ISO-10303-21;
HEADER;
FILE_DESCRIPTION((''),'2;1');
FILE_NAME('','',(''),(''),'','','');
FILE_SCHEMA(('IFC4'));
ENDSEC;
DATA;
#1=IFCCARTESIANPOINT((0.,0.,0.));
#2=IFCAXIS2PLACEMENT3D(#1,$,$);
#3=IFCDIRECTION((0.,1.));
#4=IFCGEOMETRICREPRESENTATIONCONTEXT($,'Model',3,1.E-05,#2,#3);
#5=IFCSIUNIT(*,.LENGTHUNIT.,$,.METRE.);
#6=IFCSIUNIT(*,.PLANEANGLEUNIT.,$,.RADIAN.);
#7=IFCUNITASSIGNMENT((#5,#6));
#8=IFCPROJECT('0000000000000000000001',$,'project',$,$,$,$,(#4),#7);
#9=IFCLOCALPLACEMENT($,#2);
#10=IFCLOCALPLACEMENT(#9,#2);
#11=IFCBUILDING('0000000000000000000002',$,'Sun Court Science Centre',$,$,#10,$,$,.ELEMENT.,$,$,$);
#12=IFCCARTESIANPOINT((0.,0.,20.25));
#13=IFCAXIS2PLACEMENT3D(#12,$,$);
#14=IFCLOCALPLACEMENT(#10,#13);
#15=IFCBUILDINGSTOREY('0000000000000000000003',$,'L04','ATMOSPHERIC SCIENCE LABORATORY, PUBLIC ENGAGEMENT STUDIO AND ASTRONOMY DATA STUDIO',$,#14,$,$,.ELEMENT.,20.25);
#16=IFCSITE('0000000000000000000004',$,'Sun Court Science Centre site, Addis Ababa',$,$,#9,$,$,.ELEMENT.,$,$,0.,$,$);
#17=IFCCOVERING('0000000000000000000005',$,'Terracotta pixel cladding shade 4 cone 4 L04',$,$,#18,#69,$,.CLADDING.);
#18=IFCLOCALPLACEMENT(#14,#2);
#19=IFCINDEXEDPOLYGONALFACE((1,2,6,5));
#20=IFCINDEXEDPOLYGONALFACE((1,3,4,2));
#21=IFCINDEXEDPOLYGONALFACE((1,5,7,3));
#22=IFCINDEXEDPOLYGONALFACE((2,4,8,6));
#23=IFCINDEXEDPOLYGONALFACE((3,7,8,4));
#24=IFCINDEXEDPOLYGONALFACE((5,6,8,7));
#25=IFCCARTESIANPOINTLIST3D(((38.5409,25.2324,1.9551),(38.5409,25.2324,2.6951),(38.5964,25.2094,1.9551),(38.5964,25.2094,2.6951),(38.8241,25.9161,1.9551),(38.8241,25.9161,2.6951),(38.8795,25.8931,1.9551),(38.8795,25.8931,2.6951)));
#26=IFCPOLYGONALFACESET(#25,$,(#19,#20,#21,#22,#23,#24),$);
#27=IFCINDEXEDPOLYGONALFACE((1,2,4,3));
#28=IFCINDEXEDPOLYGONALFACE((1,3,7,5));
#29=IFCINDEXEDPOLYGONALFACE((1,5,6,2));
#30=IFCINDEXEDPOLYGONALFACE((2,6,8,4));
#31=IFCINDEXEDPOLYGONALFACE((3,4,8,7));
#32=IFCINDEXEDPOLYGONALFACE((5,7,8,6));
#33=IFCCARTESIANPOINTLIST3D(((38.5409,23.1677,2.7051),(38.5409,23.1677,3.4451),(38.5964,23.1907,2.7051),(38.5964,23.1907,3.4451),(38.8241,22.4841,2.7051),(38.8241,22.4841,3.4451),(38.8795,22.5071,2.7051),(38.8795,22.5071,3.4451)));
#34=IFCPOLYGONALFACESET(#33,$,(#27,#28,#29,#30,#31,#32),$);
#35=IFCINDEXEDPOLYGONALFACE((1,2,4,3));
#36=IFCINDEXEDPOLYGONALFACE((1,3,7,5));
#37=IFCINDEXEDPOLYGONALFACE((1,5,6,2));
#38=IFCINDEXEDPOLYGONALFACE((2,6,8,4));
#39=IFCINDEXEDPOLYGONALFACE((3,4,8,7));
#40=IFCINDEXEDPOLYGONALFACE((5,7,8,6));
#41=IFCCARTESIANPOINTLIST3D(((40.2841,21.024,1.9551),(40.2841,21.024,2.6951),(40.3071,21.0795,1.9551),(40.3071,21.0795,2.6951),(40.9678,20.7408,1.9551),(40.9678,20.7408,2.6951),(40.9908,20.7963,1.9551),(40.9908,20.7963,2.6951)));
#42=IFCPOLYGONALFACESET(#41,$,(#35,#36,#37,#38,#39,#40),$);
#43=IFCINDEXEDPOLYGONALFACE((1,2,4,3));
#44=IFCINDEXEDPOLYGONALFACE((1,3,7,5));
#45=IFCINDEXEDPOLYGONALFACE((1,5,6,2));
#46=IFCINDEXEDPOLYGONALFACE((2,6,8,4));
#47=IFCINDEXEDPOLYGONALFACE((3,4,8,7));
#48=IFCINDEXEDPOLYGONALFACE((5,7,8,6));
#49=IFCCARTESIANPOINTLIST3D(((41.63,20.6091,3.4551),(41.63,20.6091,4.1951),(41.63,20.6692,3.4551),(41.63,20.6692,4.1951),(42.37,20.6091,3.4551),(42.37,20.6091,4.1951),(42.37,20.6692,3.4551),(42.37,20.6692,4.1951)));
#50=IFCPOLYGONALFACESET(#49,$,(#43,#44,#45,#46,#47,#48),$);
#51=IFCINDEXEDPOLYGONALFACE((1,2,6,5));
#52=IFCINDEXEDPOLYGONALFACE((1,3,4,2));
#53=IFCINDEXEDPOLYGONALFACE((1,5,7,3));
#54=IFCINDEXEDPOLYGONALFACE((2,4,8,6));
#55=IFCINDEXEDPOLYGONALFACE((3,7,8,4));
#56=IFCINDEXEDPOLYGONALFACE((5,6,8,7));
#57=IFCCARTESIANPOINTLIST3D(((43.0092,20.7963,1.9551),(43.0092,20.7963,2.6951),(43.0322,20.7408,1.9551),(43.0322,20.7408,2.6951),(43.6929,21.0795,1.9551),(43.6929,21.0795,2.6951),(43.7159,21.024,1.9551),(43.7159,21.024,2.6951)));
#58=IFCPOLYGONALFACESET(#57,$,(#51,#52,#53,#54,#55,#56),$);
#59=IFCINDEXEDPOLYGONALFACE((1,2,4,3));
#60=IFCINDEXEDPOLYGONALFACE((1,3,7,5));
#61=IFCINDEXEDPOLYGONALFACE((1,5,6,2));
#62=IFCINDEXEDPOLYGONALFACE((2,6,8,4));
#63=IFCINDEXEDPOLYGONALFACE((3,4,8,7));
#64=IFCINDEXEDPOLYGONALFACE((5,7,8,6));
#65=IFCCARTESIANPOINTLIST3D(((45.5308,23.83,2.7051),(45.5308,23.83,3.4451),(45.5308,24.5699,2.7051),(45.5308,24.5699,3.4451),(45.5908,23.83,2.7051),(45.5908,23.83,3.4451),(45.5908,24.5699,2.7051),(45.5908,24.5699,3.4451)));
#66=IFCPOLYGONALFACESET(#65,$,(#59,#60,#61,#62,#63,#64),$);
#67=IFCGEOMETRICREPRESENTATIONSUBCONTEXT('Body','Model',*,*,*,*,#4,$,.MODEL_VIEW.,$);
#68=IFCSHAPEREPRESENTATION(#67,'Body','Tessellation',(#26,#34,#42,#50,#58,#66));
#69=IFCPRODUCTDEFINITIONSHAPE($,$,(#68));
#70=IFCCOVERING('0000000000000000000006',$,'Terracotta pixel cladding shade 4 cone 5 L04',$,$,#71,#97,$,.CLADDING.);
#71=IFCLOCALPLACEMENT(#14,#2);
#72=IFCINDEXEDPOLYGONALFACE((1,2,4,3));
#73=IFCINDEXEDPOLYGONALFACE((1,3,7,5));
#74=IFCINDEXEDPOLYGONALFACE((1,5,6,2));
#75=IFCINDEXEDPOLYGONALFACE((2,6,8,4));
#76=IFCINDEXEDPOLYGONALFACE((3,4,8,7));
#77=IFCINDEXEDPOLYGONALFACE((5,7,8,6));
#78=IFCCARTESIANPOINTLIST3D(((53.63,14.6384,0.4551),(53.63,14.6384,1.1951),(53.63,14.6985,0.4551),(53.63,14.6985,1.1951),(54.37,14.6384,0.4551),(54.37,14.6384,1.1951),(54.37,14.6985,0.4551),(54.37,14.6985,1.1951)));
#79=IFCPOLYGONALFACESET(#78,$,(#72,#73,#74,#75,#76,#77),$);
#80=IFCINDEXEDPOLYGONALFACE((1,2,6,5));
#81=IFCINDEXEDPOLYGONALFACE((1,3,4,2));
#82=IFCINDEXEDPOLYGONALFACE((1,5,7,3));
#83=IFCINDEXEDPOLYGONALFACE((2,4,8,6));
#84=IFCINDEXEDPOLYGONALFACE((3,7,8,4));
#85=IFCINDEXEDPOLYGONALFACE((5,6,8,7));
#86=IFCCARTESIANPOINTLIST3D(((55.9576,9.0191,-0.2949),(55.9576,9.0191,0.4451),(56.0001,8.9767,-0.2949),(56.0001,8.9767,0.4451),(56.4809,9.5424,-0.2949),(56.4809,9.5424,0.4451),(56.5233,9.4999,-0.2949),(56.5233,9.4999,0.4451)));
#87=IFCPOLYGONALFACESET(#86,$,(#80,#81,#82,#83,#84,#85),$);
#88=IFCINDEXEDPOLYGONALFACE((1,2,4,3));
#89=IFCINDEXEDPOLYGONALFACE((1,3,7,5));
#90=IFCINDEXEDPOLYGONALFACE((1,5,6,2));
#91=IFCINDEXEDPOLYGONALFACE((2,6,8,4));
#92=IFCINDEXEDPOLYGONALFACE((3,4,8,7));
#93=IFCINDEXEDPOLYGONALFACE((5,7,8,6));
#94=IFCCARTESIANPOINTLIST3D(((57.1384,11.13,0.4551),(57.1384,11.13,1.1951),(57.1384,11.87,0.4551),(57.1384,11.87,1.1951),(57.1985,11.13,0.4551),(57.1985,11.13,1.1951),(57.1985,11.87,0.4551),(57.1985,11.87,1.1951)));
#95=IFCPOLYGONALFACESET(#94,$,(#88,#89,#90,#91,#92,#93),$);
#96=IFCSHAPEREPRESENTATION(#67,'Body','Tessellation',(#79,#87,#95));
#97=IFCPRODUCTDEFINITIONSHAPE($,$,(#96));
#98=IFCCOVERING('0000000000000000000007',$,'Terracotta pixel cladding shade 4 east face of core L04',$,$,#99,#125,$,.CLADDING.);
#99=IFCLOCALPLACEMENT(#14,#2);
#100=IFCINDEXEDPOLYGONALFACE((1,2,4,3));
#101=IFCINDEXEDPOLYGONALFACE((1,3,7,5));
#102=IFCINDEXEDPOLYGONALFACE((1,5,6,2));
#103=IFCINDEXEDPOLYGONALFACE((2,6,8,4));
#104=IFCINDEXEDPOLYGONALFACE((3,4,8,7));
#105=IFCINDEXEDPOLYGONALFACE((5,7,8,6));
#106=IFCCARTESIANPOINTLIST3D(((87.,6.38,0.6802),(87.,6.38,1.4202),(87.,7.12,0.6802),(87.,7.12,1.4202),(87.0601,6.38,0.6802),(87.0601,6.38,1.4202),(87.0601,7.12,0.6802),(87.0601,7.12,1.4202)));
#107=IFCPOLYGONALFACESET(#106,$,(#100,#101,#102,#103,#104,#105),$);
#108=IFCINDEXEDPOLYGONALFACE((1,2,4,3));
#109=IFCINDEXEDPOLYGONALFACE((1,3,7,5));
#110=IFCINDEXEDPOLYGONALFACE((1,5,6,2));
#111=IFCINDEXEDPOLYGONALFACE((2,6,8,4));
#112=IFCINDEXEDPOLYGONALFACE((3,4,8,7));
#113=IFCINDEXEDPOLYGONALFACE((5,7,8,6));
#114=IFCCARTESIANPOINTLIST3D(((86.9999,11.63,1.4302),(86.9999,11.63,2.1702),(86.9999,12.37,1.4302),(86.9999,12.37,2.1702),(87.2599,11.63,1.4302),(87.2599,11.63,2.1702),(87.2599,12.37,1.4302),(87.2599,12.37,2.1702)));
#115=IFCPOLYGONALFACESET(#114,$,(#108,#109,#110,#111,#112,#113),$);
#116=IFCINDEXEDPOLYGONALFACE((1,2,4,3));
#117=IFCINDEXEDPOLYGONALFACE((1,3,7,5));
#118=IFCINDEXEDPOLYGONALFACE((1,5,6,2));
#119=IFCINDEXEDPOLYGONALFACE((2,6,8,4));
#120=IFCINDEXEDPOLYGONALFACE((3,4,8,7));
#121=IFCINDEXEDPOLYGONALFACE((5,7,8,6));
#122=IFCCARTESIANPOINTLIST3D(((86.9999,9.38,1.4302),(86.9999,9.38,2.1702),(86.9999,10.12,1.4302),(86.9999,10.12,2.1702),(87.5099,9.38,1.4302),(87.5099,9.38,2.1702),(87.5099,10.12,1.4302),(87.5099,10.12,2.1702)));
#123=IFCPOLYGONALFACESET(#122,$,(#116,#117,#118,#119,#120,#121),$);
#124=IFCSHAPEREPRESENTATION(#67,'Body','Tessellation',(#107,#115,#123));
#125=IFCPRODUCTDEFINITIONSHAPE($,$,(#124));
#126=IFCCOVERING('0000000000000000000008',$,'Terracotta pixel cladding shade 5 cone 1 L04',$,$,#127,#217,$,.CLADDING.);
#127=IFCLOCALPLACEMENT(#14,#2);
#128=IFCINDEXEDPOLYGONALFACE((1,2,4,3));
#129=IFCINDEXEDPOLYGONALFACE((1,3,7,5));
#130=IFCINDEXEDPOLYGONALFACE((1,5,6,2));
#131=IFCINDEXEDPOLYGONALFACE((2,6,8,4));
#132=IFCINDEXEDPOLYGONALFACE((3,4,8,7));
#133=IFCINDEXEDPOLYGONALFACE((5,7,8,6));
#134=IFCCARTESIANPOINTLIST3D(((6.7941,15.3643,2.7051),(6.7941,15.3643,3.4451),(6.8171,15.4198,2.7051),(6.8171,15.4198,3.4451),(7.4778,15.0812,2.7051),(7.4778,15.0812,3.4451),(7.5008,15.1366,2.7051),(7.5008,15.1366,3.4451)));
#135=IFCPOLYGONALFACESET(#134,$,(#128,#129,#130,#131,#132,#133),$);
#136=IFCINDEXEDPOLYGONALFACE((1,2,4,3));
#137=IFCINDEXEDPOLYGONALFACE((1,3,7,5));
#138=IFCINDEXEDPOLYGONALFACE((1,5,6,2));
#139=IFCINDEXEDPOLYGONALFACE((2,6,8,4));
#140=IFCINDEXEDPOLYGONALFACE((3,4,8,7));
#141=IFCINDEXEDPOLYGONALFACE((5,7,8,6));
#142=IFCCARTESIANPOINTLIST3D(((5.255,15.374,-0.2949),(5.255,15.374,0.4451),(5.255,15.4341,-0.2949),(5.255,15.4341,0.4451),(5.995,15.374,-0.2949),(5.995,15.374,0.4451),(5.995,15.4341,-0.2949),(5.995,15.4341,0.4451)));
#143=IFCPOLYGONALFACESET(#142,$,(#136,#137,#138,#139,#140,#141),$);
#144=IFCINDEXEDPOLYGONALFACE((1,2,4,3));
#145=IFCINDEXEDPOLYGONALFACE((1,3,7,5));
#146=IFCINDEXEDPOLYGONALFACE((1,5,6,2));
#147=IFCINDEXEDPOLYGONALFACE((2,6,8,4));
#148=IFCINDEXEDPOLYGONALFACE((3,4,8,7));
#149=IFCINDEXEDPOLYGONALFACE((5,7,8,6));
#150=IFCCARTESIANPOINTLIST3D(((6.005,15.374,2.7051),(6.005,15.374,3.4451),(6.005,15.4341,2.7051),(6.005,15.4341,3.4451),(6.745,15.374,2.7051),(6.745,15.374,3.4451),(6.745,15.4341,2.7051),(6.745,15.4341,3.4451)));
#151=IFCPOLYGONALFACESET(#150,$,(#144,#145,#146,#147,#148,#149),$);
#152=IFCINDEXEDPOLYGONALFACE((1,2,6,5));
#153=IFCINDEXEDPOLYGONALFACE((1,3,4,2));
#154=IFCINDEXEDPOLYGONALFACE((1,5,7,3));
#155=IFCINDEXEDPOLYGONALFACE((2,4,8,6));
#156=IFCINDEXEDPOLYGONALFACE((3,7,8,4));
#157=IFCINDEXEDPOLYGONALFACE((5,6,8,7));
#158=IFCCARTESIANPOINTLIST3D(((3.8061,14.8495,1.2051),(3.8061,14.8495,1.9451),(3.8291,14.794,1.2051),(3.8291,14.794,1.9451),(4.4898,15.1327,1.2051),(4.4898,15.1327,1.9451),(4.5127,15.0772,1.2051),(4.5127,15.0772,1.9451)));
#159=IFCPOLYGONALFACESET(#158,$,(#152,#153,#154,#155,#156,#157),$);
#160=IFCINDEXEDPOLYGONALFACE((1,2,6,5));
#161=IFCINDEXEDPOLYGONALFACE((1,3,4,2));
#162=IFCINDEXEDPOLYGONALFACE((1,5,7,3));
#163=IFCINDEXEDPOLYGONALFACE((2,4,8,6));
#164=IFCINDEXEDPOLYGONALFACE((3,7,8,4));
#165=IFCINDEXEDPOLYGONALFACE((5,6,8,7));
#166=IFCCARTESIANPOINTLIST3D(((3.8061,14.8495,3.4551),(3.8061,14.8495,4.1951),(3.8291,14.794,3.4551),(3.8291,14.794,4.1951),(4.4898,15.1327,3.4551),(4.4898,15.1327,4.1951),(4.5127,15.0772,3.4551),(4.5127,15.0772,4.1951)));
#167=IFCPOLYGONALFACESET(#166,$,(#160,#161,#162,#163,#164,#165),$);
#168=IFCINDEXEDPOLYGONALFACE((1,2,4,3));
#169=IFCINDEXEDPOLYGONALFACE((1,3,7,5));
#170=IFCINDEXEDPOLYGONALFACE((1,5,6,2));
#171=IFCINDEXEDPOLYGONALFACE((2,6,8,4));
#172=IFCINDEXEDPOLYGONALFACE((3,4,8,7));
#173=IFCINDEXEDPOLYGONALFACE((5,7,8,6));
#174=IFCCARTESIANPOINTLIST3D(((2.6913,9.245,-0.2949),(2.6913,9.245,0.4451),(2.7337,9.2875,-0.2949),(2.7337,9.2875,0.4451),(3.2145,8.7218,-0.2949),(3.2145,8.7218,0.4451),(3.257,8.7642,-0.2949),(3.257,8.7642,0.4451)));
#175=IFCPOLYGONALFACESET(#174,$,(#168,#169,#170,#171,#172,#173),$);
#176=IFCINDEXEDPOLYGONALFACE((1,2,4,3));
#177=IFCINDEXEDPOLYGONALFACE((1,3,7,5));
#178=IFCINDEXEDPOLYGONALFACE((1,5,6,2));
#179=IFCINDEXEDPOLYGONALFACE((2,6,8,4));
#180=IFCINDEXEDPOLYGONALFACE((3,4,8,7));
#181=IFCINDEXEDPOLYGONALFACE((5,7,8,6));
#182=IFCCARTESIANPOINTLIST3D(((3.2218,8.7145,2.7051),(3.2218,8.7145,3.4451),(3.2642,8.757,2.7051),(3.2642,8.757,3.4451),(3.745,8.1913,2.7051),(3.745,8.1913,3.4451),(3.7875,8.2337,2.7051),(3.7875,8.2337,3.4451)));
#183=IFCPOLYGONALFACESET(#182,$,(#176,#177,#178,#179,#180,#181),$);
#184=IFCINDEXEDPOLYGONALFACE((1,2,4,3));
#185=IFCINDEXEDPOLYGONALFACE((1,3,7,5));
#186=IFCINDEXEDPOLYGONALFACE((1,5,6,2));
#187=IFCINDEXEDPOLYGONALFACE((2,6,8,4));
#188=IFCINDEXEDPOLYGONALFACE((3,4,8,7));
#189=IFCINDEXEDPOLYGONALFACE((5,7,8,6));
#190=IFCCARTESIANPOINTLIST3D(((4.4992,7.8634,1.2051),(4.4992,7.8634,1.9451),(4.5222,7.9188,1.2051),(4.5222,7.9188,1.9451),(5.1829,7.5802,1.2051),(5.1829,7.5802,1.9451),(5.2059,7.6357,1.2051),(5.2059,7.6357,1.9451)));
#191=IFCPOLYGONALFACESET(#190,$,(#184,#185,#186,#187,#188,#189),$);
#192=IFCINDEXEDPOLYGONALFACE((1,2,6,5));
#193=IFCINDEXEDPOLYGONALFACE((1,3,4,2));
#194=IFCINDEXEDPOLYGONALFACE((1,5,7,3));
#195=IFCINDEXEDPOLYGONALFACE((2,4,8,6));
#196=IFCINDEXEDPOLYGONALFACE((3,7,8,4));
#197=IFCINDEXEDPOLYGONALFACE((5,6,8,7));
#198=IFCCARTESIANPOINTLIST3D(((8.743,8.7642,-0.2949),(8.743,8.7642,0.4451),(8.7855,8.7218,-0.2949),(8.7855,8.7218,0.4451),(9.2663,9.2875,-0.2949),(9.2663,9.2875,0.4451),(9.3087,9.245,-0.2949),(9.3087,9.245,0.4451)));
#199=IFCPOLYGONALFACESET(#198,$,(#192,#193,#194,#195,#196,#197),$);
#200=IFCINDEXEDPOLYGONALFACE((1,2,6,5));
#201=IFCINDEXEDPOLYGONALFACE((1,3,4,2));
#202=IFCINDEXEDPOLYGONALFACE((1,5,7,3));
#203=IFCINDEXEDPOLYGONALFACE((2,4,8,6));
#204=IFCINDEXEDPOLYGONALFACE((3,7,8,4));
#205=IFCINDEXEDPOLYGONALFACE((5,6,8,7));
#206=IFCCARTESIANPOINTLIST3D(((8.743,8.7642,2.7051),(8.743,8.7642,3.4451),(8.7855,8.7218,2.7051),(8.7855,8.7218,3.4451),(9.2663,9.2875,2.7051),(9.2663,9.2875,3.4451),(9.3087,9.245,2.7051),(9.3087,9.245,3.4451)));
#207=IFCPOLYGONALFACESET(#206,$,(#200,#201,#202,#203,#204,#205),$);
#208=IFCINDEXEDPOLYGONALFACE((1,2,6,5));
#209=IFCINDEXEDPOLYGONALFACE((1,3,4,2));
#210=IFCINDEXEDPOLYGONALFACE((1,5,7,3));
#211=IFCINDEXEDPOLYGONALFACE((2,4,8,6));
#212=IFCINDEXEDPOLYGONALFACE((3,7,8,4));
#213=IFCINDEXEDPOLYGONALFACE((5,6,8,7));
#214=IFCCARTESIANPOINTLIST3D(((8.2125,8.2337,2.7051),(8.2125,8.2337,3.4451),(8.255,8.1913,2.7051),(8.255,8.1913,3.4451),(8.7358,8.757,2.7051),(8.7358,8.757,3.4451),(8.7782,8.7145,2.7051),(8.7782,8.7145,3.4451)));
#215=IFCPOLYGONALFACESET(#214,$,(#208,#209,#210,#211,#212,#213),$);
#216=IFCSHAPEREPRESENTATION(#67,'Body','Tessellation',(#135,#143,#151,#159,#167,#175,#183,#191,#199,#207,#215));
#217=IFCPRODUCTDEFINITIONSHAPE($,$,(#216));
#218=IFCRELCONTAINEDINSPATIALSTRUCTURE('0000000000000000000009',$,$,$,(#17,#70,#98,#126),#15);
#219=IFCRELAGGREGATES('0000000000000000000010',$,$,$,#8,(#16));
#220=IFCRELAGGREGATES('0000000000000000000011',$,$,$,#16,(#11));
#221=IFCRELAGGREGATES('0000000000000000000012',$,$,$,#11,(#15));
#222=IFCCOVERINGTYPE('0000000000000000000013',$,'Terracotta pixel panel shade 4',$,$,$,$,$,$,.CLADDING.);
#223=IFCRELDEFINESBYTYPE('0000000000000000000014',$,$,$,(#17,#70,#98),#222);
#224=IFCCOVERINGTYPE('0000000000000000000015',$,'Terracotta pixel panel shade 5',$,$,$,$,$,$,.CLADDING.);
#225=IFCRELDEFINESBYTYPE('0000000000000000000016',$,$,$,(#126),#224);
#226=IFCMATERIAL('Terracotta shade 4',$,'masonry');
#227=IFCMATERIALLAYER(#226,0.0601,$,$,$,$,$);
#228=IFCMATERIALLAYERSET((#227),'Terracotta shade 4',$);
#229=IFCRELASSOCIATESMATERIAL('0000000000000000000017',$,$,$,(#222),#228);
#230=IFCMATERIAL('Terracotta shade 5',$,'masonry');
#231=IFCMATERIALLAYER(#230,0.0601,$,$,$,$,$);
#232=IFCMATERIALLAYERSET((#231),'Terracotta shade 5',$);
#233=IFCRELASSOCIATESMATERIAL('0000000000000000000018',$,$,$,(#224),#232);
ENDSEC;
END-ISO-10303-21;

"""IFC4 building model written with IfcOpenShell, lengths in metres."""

from ifc_helpers import new_model, si_unit, direction, frame, origin, origin_2d, place, context, subcontext, project, spatial, rectangle, extrude, material, layer, layer_set, type_object, element, save


model = new_model("IFC4")

# Units and contexts
model_context = context("Model", 3, precision=1e-05, world=origin(), true_north=direction((0.0, 1.0)))
body_context = subcontext(model_context, "Body", "Model", "MODEL_VIEW")
ifc_project = project(units=[si_unit("LENGTHUNIT", "METRE"), si_unit("PLANEANGLEUNIT", "RADIAN")], contexts=[model_context])

# Site, building, storey
site_placement = place(None, origin())
site = spatial("IfcSite", under=ifc_project, at=site_placement, Name="Sun Court Science Centre site, Addis Ababa", CompositionType="ELEMENT", RefElevation=0.0)
building_placement = place(site_placement, origin())
building = spatial("IfcBuilding", under=site, at=building_placement, Name="Sun Court Science Centre", CompositionType="ELEMENT")
storey_placement = place(building_placement, frame((0.0, 0.0, 20.25)))
storey = spatial("IfcBuildingStorey", under=building, at=storey_placement, Name="L04", Description="ATMOSPHERIC SCIENCE LABORATORY, PUBLIC ENGAGEMENT STUDIO AND ASTRONOMY DATA STUDIO", CompositionType="ELEMENT", Elevation=20.25)

# Coverings
ifc_material_1 = material(Name="Terracotta shade 4", Category="masonry")
ifc_layer_1 = layer(ifc_material_1, 0.0601)
ifc_layer_set_1 = layer_set([ifc_layer_1], Name="Terracotta shade 4")
covering_type_1 = type_object("IfcCoveringType", Name="Terracotta pixel panel shade 4", PredefinedType="CLADDING", material=ifc_layer_set_1)
covering_1_placement = place(storey_placement, frame((0.0, 0.0, -20.25)))
element("IfcCovering", 1, at=covering_1_placement, inside=storey, type_object=covering_type_1, Name="Terracotta pixel cladding shade 4 cone 4 L04", PredefinedType="CLADDING", context=body_context, shape_type="SweptSolid", body=[
    extrude(rectangle(XDim=0.74, YDim=0.0601, at=origin_2d()), frame((38.7102, 25.5627, 22.2051), z_axis=(0.0, 0.0, 1.0), x_axis=(0.382683, 0.92388, 0.0)), (0.0, 0.0, 1.0), 0.74),
    extrude(rectangle(XDim=0.74, YDim=0.0601, at=origin_2d()), frame((38.7102, 22.8374, 22.9551), z_axis=(0.0, 0.0, 1.0), x_axis=(-0.382683, 0.92388, 0.0)), (0.0, 0.0, 1.0), 0.74),
    extrude(rectangle(XDim=0.74, YDim=0.0601, at=origin_2d()), frame((40.6375, 20.9102, 22.2051), z_axis=(0.0, 0.0, 1.0), x_axis=(-0.92388, 0.382683, 0.0)), (0.0, 0.0, 1.0), 0.74),
    extrude(rectangle(XDim=0.74, YDim=0.0601, at=origin_2d()), frame((42.0, 20.6392, 23.7051), z_axis=(0.0, 0.0, 1.0), x_axis=(-1.0, 0.0, 0.0)), (0.0, 0.0, 1.0), 0.74),
    extrude(rectangle(XDim=0.74, YDim=0.0601, at=origin_2d()), frame((43.3625, 20.9102, 22.2051), z_axis=(0.0, 0.0, 1.0), x_axis=(-0.92388, -0.382683, 0.0)), (0.0, 0.0, 1.0), 0.74),
    extrude(rectangle(XDim=0.74, YDim=0.0601, at=origin_2d()), frame((45.5608, 24.2, 22.9551), z_axis=(0.0, 0.0, 1.0), x_axis=(0.0, -1.0, 0.0)), (0.0, 0.0, 1.0), 0.74),
])
covering_2_placement = place(storey_placement, frame((0.0, 0.0, -20.25)))
element("IfcCovering", 2, at=covering_2_placement, inside=storey, type_object=covering_type_1, Name="Terracotta pixel cladding shade 4 cone 5 L04", PredefinedType="CLADDING", context=body_context, shape_type="SweptSolid", body=[
    extrude(rectangle(XDim=0.74, YDim=0.0601, at=origin_2d()), frame((54.0, 14.6685, 20.7051), z_axis=(0.0, 0.0, 1.0), x_axis=(1.0, 0.0, 0.0)), (0.0, 0.0, 1.0), 0.74),
    extrude(rectangle(XDim=0.74, YDim=0.0601, at=origin_2d()), frame((56.2405, 9.2595, 19.9551), z_axis=(0.0, 0.0, 1.0), x_axis=(-0.707107, -0.707107, 0.0)), (0.0, 0.0, 1.0), 0.74),
    extrude(rectangle(XDim=0.74, YDim=0.0601, at=origin_2d()), frame((57.1685, 11.5, 20.7051), z_axis=(0.0, 0.0, 1.0), x_axis=(0.0, -1.0, 0.0)), (0.0, 0.0, 1.0), 0.74),
])
covering_3_placement = place(storey_placement, frame((0.0, 0.0, -20.25)))
element("IfcCovering", 3, at=covering_3_placement, inside=storey, type_object=covering_type_1, Name="Terracotta pixel cladding shade 4 east face of core L04", PredefinedType="CLADDING", context=body_context, shape_type="SweptSolid", body=[
    extrude(rectangle(XDim=0.74, YDim=0.0601, at=origin_2d()), frame((87.03, 6.75, 20.9302), z_axis=(0.0, 0.0, 1.0), x_axis=(0.0, -1.0, 0.0)), (0.0, 0.0, 1.0), 0.74),
    extrude(rectangle(XDim=0.74, YDim=0.26, at=origin_2d()), frame((87.1299, 12.0, 21.6802), z_axis=(0.0, 0.0, 1.0), x_axis=(0.0, -1.0, 0.0)), (0.0, 0.0, 1.0), 0.74),
    extrude(rectangle(XDim=0.74, YDim=0.51, at=origin_2d()), frame((87.2549, 9.75, 21.6802), z_axis=(0.0, 0.0, 1.0), x_axis=(0.0, -1.0, 0.0)), (0.0, 0.0, 1.0), 0.74),
])
ifc_material_2 = material(Name="Terracotta shade 5", Category="masonry")
ifc_layer_2 = layer(ifc_material_2, 0.0601)
ifc_layer_set_2 = layer_set([ifc_layer_2], Name="Terracotta shade 5")
covering_type_2 = type_object("IfcCoveringType", Name="Terracotta pixel panel shade 5", PredefinedType="CLADDING", material=ifc_layer_set_2)
covering_4_placement = place(storey_placement, frame((0.0, 0.0, -20.25)))
element("IfcCovering", 4, at=covering_4_placement, inside=storey, type_object=covering_type_2, Name="Terracotta pixel cladding shade 5 cone 1 L04", PredefinedType="CLADDING", context=body_context, shape_type="SweptSolid", body=[
    extrude(rectangle(XDim=0.74, YDim=0.0601, at=origin_2d()), frame((7.1475, 15.2505, 22.9551), z_axis=(0.0, 0.0, 1.0), x_axis=(0.92388, -0.382683, 0.0)), (0.0, 0.0, 1.0), 0.74),
    extrude(rectangle(XDim=0.74, YDim=0.0601, at=origin_2d()), frame((5.625, 15.4041, 19.9551), z_axis=(0.0, 0.0, 1.0), x_axis=(1.0, 0.0, 0.0)), (0.0, 0.0, 1.0), 0.74),
    extrude(rectangle(XDim=0.74, YDim=0.0601, at=origin_2d()), frame((6.375, 15.4041, 22.9551), z_axis=(0.0, 0.0, 1.0), x_axis=(1.0, 0.0, 0.0)), (0.0, 0.0, 1.0), 0.74),
    extrude(rectangle(XDim=0.74, YDim=0.0601, at=origin_2d()), frame((4.1594, 14.9634, 21.4551), z_axis=(0.0, 0.0, 1.0), x_axis=(0.92388, 0.382683, 0.0)), (0.0, 0.0, 1.0), 0.74),
    extrude(rectangle(XDim=0.74, YDim=0.0601, at=origin_2d()), frame((4.1594, 14.9634, 23.7051), z_axis=(0.0, 0.0, 1.0), x_axis=(0.92388, 0.382683, 0.0)), (0.0, 0.0, 1.0), 0.74),
    extrude(rectangle(XDim=0.74, YDim=0.0601, at=origin_2d()), frame((2.9741, 9.0046, 19.9551), z_axis=(0.0, 0.0, 1.0), x_axis=(-0.707107, 0.707107, 0.0)), (0.0, 0.0, 1.0), 0.74),
    extrude(rectangle(XDim=0.74, YDim=0.0601, at=origin_2d()), frame((3.5046, 8.4741, 22.9551), z_axis=(0.0, 0.0, 1.0), x_axis=(-0.707107, 0.707107, 0.0)), (0.0, 0.0, 1.0), 0.74),
    extrude(rectangle(XDim=0.74, YDim=0.0601, at=origin_2d()), frame((4.8525, 7.7495, 21.4551), z_axis=(0.0, 0.0, 1.0), x_axis=(-0.92388, 0.382683, 0.0)), (0.0, 0.0, 1.0), 0.74),
    extrude(rectangle(XDim=0.74, YDim=0.0601, at=origin_2d()), frame((9.0259, 9.0046, 19.9551), z_axis=(0.0, 0.0, 1.0), x_axis=(-0.707107, -0.707107, 0.0)), (0.0, 0.0, 1.0), 0.74),
    extrude(rectangle(XDim=0.74, YDim=0.0601, at=origin_2d()), frame((9.0259, 9.0046, 22.9551), z_axis=(0.0, 0.0, 1.0), x_axis=(-0.707107, -0.707107, 0.0)), (0.0, 0.0, 1.0), 0.74),
    extrude(rectangle(XDim=0.74, YDim=0.0601, at=origin_2d()), frame((8.4954, 8.4741, 22.9551), z_axis=(0.0, 0.0, 1.0), x_axis=(-0.707107, -0.707107, 0.0)), (0.0, 0.0, 1.0), 0.74),
])

save(model, "model.ifc")
